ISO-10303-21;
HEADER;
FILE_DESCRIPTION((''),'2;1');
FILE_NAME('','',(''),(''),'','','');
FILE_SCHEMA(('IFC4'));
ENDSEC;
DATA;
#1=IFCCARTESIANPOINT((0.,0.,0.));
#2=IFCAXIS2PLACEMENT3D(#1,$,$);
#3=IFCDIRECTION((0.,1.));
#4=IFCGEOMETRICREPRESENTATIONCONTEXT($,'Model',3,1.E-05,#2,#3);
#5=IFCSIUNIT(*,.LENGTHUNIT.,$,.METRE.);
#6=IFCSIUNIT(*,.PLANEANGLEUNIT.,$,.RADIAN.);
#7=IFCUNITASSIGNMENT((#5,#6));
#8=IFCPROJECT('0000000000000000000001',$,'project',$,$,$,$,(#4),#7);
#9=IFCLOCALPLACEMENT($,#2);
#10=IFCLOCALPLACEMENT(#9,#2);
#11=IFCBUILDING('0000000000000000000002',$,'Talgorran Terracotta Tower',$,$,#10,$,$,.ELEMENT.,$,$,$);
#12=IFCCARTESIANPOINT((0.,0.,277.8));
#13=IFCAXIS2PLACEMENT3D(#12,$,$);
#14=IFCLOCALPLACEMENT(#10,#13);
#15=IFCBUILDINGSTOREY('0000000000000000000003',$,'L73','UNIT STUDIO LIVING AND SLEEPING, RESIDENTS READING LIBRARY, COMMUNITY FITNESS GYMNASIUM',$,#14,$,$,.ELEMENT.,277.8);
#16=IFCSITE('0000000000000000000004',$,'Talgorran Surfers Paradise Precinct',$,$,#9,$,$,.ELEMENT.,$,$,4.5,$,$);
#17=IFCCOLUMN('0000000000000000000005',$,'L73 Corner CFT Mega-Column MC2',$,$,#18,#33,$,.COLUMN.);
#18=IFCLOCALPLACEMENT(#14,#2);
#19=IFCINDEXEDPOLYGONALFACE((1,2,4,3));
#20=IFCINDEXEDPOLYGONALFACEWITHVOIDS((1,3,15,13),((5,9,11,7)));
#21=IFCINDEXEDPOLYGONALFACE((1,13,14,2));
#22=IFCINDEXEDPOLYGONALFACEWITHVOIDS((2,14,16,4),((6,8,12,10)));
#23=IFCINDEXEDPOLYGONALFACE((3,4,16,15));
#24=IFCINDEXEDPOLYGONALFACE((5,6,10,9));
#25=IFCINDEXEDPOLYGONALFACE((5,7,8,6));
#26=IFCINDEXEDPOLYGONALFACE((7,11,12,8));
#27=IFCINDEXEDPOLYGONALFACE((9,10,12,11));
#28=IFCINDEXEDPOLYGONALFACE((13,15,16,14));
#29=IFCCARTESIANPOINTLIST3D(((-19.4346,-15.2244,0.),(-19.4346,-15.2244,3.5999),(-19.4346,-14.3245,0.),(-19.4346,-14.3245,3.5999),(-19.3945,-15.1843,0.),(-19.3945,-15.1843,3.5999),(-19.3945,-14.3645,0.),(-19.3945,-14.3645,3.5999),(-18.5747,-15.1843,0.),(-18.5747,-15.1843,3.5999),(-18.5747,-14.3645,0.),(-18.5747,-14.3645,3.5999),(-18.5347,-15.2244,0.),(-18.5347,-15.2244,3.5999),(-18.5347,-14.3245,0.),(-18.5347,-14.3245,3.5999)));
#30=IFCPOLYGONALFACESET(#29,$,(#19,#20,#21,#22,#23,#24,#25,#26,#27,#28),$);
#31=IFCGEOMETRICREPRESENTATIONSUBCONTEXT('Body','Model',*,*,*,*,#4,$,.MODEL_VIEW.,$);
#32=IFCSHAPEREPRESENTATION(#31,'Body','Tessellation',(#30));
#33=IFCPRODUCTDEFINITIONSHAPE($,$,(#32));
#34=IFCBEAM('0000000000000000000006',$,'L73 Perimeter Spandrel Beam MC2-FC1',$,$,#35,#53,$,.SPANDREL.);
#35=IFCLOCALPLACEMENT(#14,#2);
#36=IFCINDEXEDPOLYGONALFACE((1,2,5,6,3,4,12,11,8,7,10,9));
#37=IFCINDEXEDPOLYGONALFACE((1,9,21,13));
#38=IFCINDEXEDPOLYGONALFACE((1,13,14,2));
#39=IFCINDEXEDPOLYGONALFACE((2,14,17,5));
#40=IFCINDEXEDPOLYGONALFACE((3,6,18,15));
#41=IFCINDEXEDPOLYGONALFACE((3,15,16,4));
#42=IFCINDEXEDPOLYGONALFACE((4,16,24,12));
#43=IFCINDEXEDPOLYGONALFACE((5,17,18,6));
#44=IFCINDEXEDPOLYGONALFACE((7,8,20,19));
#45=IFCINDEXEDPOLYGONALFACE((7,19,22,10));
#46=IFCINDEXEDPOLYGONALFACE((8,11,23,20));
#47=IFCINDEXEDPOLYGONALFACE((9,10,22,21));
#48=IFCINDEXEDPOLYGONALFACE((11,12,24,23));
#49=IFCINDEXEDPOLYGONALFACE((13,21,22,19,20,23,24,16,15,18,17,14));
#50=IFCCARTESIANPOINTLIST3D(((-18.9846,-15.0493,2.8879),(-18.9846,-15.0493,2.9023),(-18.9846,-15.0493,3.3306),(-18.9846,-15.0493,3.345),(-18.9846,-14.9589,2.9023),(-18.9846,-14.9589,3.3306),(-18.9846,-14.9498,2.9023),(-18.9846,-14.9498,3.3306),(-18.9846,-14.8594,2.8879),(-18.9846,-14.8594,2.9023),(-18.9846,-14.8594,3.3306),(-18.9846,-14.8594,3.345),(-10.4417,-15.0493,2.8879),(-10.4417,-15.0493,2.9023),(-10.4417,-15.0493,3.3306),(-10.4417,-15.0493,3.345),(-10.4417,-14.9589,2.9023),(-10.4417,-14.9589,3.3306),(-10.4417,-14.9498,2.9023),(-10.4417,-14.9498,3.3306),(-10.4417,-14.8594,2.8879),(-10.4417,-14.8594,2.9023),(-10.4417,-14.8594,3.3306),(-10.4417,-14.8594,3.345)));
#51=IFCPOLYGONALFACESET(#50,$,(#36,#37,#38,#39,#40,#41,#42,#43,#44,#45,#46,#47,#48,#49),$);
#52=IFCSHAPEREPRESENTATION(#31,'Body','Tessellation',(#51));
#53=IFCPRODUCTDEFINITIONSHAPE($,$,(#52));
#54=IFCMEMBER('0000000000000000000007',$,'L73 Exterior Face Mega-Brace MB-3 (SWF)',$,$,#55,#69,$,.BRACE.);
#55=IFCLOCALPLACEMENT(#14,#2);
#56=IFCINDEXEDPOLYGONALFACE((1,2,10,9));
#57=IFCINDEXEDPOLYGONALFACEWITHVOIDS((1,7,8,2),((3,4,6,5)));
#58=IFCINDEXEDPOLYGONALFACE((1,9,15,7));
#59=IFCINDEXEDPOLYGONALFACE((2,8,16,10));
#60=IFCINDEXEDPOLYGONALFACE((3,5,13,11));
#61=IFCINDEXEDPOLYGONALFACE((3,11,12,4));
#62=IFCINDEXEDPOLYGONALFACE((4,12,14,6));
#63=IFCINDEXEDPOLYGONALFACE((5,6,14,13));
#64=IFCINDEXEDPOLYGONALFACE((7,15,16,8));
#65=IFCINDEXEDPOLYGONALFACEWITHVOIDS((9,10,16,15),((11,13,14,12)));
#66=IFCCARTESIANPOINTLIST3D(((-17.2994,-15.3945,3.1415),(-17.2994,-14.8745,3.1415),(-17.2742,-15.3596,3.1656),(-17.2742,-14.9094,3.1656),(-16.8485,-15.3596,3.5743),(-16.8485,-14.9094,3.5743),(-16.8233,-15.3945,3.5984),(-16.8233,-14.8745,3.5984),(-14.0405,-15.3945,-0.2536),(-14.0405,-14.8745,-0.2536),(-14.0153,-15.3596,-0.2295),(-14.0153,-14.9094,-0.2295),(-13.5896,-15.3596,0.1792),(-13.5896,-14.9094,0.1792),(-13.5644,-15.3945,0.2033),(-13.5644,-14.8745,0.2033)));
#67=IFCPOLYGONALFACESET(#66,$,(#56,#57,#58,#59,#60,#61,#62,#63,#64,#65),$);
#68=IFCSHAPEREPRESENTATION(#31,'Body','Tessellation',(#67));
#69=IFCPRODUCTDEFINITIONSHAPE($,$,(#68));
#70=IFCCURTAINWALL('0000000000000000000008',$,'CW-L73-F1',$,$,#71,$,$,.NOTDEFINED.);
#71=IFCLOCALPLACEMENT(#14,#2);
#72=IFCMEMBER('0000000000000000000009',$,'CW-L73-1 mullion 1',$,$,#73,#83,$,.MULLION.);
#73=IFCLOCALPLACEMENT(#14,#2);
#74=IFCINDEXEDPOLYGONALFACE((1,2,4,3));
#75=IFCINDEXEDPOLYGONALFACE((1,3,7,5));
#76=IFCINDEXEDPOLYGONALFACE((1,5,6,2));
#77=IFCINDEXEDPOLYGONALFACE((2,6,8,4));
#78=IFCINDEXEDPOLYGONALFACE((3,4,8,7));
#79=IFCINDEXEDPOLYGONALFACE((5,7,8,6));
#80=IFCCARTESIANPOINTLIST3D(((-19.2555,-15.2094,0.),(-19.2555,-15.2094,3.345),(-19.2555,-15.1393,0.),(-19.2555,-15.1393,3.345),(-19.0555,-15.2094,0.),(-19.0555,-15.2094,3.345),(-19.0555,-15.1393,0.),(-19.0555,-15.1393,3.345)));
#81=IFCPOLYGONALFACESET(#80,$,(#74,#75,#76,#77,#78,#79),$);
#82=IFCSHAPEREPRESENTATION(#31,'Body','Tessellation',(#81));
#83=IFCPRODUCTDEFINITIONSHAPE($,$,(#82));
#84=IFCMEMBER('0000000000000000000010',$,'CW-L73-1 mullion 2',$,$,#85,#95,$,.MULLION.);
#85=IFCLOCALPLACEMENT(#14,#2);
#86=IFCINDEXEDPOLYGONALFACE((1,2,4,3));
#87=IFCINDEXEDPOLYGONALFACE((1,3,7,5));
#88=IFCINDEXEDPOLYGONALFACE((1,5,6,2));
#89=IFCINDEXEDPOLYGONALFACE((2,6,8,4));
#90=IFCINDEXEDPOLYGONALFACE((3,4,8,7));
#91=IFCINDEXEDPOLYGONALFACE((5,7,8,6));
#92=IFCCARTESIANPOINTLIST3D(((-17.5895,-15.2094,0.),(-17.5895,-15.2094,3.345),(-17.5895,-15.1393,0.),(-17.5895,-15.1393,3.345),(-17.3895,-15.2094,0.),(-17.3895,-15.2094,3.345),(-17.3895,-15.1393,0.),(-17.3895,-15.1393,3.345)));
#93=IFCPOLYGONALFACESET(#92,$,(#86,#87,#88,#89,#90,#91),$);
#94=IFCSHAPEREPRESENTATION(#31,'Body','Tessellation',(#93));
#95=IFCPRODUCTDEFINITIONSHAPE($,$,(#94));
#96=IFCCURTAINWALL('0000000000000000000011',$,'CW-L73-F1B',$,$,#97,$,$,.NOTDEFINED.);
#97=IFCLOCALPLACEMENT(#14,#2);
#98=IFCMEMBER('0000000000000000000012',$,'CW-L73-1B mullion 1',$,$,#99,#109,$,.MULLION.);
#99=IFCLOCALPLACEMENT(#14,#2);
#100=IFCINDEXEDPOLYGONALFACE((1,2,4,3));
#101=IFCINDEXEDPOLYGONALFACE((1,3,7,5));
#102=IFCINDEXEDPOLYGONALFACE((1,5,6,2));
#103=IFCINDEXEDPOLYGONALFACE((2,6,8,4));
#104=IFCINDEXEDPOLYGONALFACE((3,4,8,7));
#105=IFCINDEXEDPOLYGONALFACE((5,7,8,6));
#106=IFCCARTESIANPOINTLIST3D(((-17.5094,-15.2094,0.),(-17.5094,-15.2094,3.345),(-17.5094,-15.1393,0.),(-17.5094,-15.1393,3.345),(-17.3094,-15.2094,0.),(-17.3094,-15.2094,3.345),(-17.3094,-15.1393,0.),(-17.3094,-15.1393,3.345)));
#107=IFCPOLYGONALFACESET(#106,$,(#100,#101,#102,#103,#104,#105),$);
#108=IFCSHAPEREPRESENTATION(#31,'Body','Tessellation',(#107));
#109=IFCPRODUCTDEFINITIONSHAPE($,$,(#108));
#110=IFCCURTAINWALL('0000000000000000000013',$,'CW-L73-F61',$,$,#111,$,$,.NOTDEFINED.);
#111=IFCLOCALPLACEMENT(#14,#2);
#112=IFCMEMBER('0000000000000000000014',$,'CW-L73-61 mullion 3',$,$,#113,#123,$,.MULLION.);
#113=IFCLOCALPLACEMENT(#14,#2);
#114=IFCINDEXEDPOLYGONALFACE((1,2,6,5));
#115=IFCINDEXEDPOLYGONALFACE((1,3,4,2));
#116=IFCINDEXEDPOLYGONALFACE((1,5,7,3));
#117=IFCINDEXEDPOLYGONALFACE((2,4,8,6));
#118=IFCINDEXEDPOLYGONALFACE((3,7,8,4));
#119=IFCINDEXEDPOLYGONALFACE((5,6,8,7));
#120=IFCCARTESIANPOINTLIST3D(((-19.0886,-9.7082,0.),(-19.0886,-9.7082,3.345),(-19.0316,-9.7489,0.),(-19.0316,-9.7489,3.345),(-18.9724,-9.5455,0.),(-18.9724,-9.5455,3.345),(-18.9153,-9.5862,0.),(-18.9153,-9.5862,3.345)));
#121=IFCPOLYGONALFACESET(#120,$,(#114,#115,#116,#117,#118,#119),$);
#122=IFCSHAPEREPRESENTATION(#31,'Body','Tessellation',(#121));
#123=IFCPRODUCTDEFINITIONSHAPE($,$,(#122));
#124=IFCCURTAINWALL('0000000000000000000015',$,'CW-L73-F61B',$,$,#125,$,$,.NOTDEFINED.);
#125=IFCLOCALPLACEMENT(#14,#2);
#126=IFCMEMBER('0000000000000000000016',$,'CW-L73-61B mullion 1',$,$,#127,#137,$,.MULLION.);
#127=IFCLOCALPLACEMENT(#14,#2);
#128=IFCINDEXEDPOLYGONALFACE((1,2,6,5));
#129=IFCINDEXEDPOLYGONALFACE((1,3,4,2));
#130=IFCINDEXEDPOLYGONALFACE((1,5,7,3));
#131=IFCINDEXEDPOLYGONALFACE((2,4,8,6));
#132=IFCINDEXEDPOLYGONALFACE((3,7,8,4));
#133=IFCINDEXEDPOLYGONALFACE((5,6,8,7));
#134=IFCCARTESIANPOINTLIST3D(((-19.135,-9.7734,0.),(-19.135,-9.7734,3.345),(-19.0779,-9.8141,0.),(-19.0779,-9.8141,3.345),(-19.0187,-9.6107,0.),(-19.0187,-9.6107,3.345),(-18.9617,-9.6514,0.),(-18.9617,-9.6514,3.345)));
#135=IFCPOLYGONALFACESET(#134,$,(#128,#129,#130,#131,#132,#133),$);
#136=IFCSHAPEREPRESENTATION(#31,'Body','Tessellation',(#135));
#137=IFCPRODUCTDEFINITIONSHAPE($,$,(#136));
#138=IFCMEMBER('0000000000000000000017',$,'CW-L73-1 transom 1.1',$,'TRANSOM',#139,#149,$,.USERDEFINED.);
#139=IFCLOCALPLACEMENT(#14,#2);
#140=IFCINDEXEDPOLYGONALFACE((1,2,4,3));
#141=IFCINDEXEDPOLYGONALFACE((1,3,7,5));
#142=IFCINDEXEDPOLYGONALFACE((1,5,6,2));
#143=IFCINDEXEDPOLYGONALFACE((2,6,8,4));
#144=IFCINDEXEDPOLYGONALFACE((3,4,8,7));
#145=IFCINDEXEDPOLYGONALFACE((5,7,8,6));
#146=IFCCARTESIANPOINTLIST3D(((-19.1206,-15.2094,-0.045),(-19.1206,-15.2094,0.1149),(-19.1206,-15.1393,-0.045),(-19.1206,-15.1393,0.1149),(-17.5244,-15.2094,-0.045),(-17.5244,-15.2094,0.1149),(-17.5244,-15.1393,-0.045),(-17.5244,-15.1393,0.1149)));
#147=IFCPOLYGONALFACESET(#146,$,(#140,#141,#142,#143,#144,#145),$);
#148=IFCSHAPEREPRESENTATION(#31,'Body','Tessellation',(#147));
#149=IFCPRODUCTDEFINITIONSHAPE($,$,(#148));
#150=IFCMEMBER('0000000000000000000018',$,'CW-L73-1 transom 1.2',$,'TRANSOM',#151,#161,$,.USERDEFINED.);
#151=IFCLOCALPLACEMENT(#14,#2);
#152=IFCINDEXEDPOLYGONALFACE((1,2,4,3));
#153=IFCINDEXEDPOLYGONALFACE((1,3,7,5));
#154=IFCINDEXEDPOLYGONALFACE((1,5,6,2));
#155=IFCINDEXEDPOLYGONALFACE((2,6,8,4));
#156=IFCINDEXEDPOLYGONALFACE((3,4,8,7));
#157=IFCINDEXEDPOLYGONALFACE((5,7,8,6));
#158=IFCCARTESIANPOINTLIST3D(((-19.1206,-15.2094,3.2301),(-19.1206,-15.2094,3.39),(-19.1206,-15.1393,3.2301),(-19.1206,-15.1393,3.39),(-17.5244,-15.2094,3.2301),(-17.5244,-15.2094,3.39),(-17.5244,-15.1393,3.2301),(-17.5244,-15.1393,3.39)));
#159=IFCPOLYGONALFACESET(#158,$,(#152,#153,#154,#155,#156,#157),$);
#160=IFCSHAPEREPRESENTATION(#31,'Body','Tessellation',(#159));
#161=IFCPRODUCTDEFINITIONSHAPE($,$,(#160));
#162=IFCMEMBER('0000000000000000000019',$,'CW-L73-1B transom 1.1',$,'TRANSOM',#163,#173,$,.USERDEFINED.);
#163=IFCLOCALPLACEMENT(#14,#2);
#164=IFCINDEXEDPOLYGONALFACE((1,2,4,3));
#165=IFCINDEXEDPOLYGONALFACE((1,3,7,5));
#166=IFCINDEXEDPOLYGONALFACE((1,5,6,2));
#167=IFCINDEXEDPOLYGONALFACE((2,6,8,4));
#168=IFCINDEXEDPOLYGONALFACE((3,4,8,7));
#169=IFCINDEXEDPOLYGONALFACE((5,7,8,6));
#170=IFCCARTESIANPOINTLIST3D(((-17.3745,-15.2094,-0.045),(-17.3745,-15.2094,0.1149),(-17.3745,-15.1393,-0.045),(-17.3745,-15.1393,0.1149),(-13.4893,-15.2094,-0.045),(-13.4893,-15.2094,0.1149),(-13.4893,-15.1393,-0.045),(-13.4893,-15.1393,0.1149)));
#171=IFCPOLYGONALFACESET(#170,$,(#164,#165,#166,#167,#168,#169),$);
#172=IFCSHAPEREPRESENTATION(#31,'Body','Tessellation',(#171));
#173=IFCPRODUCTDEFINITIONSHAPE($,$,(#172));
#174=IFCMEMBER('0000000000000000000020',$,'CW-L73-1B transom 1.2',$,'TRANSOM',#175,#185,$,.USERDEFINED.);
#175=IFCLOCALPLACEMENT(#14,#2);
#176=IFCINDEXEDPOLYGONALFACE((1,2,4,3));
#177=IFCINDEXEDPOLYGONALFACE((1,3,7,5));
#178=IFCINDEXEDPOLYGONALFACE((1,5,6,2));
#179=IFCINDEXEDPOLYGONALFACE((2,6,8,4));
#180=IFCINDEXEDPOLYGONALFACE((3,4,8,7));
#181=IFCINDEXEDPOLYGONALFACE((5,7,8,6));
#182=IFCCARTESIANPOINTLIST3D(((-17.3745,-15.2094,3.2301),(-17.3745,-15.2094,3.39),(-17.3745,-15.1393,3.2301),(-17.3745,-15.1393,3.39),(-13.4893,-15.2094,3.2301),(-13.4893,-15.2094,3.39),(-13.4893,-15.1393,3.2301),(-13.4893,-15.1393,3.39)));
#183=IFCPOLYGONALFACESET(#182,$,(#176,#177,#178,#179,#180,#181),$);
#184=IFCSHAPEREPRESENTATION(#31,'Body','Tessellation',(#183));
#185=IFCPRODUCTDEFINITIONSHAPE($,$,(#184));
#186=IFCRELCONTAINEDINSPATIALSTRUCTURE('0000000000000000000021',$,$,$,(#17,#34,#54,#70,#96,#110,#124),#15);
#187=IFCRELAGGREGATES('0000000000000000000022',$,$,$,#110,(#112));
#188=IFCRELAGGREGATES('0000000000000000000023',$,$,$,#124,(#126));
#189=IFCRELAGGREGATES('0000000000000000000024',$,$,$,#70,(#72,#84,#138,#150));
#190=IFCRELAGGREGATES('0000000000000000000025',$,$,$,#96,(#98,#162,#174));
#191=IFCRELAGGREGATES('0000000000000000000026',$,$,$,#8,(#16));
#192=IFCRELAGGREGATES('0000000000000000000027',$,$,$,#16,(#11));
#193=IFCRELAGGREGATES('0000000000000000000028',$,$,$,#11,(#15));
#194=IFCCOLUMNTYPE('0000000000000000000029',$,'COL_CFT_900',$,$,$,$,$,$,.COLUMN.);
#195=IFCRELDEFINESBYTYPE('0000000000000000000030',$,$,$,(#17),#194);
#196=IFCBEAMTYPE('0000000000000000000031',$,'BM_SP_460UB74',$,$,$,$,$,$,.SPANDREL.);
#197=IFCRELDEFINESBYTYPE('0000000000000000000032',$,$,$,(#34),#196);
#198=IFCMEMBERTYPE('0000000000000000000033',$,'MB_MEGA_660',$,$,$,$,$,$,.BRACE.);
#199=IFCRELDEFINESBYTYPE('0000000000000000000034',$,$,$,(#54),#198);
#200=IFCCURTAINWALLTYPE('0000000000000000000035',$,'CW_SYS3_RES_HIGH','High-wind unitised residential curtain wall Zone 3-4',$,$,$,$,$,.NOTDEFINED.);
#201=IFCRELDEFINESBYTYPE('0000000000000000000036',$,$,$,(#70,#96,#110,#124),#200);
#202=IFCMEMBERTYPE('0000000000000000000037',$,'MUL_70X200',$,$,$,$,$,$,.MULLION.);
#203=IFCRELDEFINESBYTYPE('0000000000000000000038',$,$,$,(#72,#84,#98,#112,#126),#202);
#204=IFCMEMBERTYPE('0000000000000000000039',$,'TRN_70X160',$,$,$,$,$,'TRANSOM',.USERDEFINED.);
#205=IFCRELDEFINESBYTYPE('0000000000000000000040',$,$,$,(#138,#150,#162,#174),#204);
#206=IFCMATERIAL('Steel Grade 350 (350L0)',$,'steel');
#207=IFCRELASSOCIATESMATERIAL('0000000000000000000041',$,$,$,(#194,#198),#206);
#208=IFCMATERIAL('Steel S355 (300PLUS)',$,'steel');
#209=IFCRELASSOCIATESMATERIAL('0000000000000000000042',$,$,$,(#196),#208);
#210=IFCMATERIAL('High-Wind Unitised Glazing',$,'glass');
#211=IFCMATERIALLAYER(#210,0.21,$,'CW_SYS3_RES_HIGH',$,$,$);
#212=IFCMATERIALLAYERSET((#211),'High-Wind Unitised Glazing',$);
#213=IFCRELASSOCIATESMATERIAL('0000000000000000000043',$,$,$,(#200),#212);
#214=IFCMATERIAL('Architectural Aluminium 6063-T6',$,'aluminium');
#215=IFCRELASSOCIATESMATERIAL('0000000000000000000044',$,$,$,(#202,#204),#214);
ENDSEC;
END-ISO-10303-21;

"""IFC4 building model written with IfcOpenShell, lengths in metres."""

from ifc_helpers import new_model, si_unit, direction, frame, origin, origin_2d, place, context, subcontext, project, spatial, rectangle, hollow_rectangle, i_section, extrude, material, layer, layer_set, material_profile, profile_set, type_object, element, aggregate, save


model = new_model("IFC4")

# Units and contexts
model_context = context("Model", 3, precision=1e-05, world=origin(), true_north=direction((0.0, 1.0)))
body_context = subcontext(model_context, "Body", "Model", "MODEL_VIEW")
ifc_project = project(units=[si_unit("LENGTHUNIT", "METRE"), si_unit("PLANEANGLEUNIT", "RADIAN")], contexts=[model_context])

# Site, building, storey
site_placement = place(None, origin())
site = spatial("IfcSite", under=ifc_project, at=site_placement, Name="Talgorran Surfers Paradise Precinct", CompositionType="ELEMENT", RefElevation=4.5)
building_placement = place(site_placement, origin())
building = spatial("IfcBuilding", under=site, at=building_placement, Name="Talgorran Terracotta Tower", CompositionType="ELEMENT")
storey_placement = place(building_placement, frame((0.0, 0.0, 277.8)))
storey = spatial("IfcBuildingStorey", under=building, at=storey_placement, Name="L73", Description="UNIT STUDIO LIVING AND SLEEPING, RESIDENTS READING LIBRARY, COMMUNITY FITNESS GYMNASIUM", CompositionType="ELEMENT", Elevation=277.8)

# Column
ifc_material_1 = material(Name="Steel Grade 350 (350L0)", Category="steel")
ifc_material_profile_1 = material_profile(ifc_material_1, hollow_rectangle(XDim=0.8999, YDim=0.8999, WallThickness=0.04, at=origin_2d()), Name="CFT900X900X40")
ifc_profile_set_1 = profile_set([ifc_material_profile_1], Name="Steel Grade 350 (350L0)")
column_type = type_object("IfcColumnType", Name="COL_CFT_900", PredefinedType="COLUMN", material=ifc_profile_set_1)
column_placement = place(storey_placement, frame((-18.9846, -14.7744, 0.0), z_axis=(0.0, 0.0, 1.0), x_axis=(1.0, 0.0, 0.0)))
element("IfcColumn", 1, at=column_placement, inside=storey, type_object=column_type, Name="L73 Corner CFT Mega-Column MC2", PredefinedType="COLUMN", context=body_context, shape_type="SweptSolid", body=[
    extrude(hollow_rectangle(XDim=0.8999, YDim=0.8999, WallThickness=0.04, at=origin_2d()), origin(), (0.0, 0.0, 1.0), 3.5999),
])

# Beam
ifc_material_2 = material(Name="Steel S355 (300PLUS)", Category="steel")
ifc_material_profile_2 = material_profile(ifc_material_2, i_section(OverallWidth=0.1899, OverallDepth=0.457, WebThickness=0.009, FlangeThickness=0.0144, at=origin_2d()), Name="460UB74.6")
ifc_profile_set_2 = profile_set([ifc_material_profile_2], Name="Steel S355 (300PLUS)")
beam_type = type_object("IfcBeamType", Name="BM_SP_460UB74", PredefinedType="SPANDREL", material=ifc_profile_set_2)
beam_placement = place(storey_placement, frame((-18.9846, -14.9543, 3.1165), z_axis=(1.0, 0.0, 0.0), x_axis=(0.0, 1.0, 0.0)))
element("IfcBeam", 2, at=beam_placement, inside=storey, type_object=beam_type, Name="L73 Perimeter Spandrel Beam MC2-FC1", PredefinedType="SPANDREL", context=body_context, shape_type="SweptSolid", body=[
    extrude(i_section(OverallWidth=0.1899, OverallDepth=0.457, WebThickness=0.009, FlangeThickness=0.0144, at=origin_2d()), origin(), (0.0, 0.0, 1.0), 8.543),
])

# Member
ifc_material_profile_3 = material_profile(ifc_material_1, hollow_rectangle(XDim=0.52, YDim=0.6599, WallThickness=0.0349, at=origin_2d()), Name="WBOX660X520X35")
ifc_profile_set_3 = profile_set([ifc_material_profile_3], Name="Steel Grade 350 (350L0)")
member_type_1 = type_object("IfcMemberType", Name="MB_MEGA_660", PredefinedType="BRACE", material=ifc_profile_set_3)
member_1_placement = place(storey_placement, frame((-13.8025, -15.1345, -0.0251), z_axis=(-0.692484, 0.0, 0.721433), x_axis=(0.0, -1.0, 0.0)))
element("IfcMember", 3, at=member_1_placement, inside=storey, type_object=member_type_1, Name="L73 Exterior Face Mega-Brace MB-3 (SWF)", PredefinedType="BRACE", context=body_context, shape_type="SweptSolid", body=[
    extrude(hollow_rectangle(XDim=0.52, YDim=0.6599, WallThickness=0.0349, at=origin_2d()), origin(), (0.0, 0.0, 1.0), 4.7061),
])

# Curtain wall, members
ifc_material_3 = material(Name="High-Wind Unitised Glazing", Category="glass")
ifc_layer_1 = layer(ifc_material_3, 0.21, Name="CW_SYS3_RES_HIGH")
ifc_layer_set_1 = layer_set([ifc_layer_1], Name="High-Wind Unitised Glazing")
curtain_wall_type = type_object("IfcCurtainWallType", Name="CW_SYS3_RES_HIGH", Description="High-wind unitised residential curtain wall Zone 3-4", PredefinedType="NOTDEFINED", material=ifc_layer_set_1)
curtain_wall_1_placement = place(storey_placement, origin())
curtain_wall_1 = element("IfcCurtainWall", 4, at=curtain_wall_1_placement, inside=storey, type_object=curtain_wall_type, Name="CW-L73-F1", PredefinedType="NOTDEFINED")
ifc_material_4 = material(Name="Architectural Aluminium 6063-T6", Category="aluminium")
ifc_material_profile_4 = material_profile(ifc_material_4, rectangle(XDim=0.0701, YDim=0.2, at=origin_2d()), Name="CWM70X200")
ifc_profile_set_4 = profile_set([ifc_material_profile_4], Name="Architectural Aluminium 6063-T6")
member_type_2 = type_object("IfcMemberType", Name="MUL_70X200", PredefinedType="MULLION", material=ifc_profile_set_4)
member_2_placement = place(storey_placement, frame((-19.1555, -15.1743, 0.0), z_axis=(0.0, 0.0, 1.0), x_axis=(0.0, 1.0, 0.0)))
member_2 = element("IfcMember", 5, at=member_2_placement, type_object=member_type_2, Name="CW-L73-1 mullion 1", PredefinedType="MULLION", context=body_context, shape_type="SweptSolid", body=[
    extrude(rectangle(XDim=0.0701, YDim=0.2, at=origin_2d()), origin(), (0.0, 0.0, 1.0), 3.345),
])
member_3_placement = place(storey_placement, frame((-17.4895, -15.1743, 0.0), z_axis=(0.0, 0.0, 1.0), x_axis=(0.0, 1.0, 0.0)))
member_3 = element("IfcMember", 6, at=member_3_placement, type_object=member_type_2, Name="CW-L73-1 mullion 2", PredefinedType="MULLION", context=body_context, shape_type="SweptSolid", body=[
    extrude(rectangle(XDim=0.0701, YDim=0.2, at=origin_2d()), origin(), (0.0, 0.0, 1.0), 3.345),
])

# Curtain walls, members
curtain_wall_2_placement = place(storey_placement, origin())
curtain_wall_2 = element("IfcCurtainWall", 7, at=curtain_wall_2_placement, inside=storey, type_object=curtain_wall_type, Name="CW-L73-F1B", PredefinedType="NOTDEFINED")
member_4_placement = place(storey_placement, frame((-17.4094, -15.1743, 0.0), z_axis=(0.0, 0.0, 1.0), x_axis=(0.0, 1.0, 0.0)))
member_4 = element("IfcMember", 8, at=member_4_placement, type_object=member_type_2, Name="CW-L73-1B mullion 1", PredefinedType="MULLION", context=body_context, shape_type="SweptSolid", body=[
    extrude(rectangle(XDim=0.0701, YDim=0.2, at=origin_2d()), origin(), (0.0, 0.0, 1.0), 3.345),
])
curtain_wall_3_placement = place(storey_placement, origin())
curtain_wall_3 = element("IfcCurtainWall", 9, at=curtain_wall_3_placement, inside=storey, type_object=curtain_wall_type, Name="CW-L73-F61", PredefinedType="NOTDEFINED")
member_5_placement = place(storey_placement, frame((-19.002, -9.6472, 0.0), z_axis=(0.0, 0.0, 1.0), x_axis=(0.813727, -0.581248, 0.0)))
member_5 = element("IfcMember", 10, at=member_5_placement, type_object=member_type_2, Name="CW-L73-61 mullion 3", PredefinedType="MULLION", context=body_context, shape_type="SweptSolid", body=[
    extrude(rectangle(XDim=0.0701, YDim=0.2, at=origin_2d()), origin(), (0.0, 0.0, 1.0), 3.345),
])
aggregate(curtain_wall_3, [member_5])
curtain_wall_4_placement = place(storey_placement, origin())
curtain_wall_4 = element("IfcCurtainWall", 11, at=curtain_wall_4_placement, inside=storey, type_object=curtain_wall_type, Name="CW-L73-F61B", PredefinedType="NOTDEFINED")
member_6_placement = place(storey_placement, frame((-19.0483, -9.7124, 0.0), z_axis=(0.0, 0.0, 1.0), x_axis=(0.813714, -0.581265, 0.0)))
member_6 = element("IfcMember", 12, at=member_6_placement, type_object=member_type_2, Name="CW-L73-61B mullion 1", PredefinedType="MULLION", context=body_context, shape_type="SweptSolid", body=[
    extrude(rectangle(XDim=0.0701, YDim=0.2, at=origin_2d()), origin(), (0.0, 0.0, 1.0), 3.345),
])

# Members
ifc_material_profile_5 = material_profile(ifc_material_4, rectangle(XDim=0.0701, YDim=0.1599, at=origin_2d()), Name="CWT70X160")
ifc_profile_set_5 = profile_set([ifc_material_profile_5], Name="Architectural Aluminium 6063-T6")
member_type_3 = type_object("IfcMemberType", Name="TRN_70X160", ElementType="TRANSOM", PredefinedType="USERDEFINED", material=ifc_profile_set_5)
member_7_placement = place(storey_placement, frame((-19.1206, -15.1743, 0.0349), z_axis=(1.0, 0.0, 0.0), x_axis=(0.0, 1.0, 0.0)))
member_7 = element("IfcMember", 13, at=member_7_placement, type_object=member_type_3, Name="CW-L73-1 transom 1.1", ObjectType="TRANSOM", PredefinedType="USERDEFINED", context=body_context, shape_type="SweptSolid", body=[
    extrude(rectangle(XDim=0.0701, YDim=0.1599, at=origin_2d()), origin(), (0.0, 0.0, 1.0), 1.5962),
])
member_8_placement = place(storey_placement, frame((-19.1206, -15.1743, 3.3101), z_axis=(1.0, 0.0, 0.0), x_axis=(0.0, 1.0, 0.0)))
member_8 = element("IfcMember", 14, at=member_8_placement, type_object=member_type_3, Name="CW-L73-1 transom 1.2", ObjectType="TRANSOM", PredefinedType="USERDEFINED", context=body_context, shape_type="SweptSolid", body=[
    extrude(rectangle(XDim=0.0701, YDim=0.1599, at=origin_2d()), origin(), (0.0, 0.0, 1.0), 1.5962),
])
member_9_placement = place(storey_placement, frame((-17.3745, -15.1743, 0.0349), z_axis=(1.0, 0.0, 0.0), x_axis=(0.0, 1.0, 0.0)))
member_9 = element("IfcMember", 15, at=member_9_placement, type_object=member_type_3, Name="CW-L73-1B transom 1.1", ObjectType="TRANSOM", PredefinedType="USERDEFINED", context=body_context, shape_type="SweptSolid", body=[
    extrude(rectangle(XDim=0.0701, YDim=0.1599, at=origin_2d()), origin(), (0.0, 0.0, 1.0), 3.8853),
])
member_10_placement = place(storey_placement, frame((-17.3745, -15.1743, 3.3101), z_axis=(1.0, 0.0, 0.0), x_axis=(0.0, 1.0, 0.0)))
member_10 = element("IfcMember", 16, at=member_10_placement, type_object=member_type_3, Name="CW-L73-1B transom 1.2", ObjectType="TRANSOM", PredefinedType="USERDEFINED", context=body_context, shape_type="SweptSolid", body=[
    extrude(rectangle(XDim=0.0701, YDim=0.1599, at=origin_2d()), origin(), (0.0, 0.0, 1.0), 3.8853),
])
aggregate(curtain_wall_4, [member_6])

aggregate(curtain_wall_1, [member_2, member_3, member_7, member_8])
aggregate(curtain_wall_2, [member_4, member_9, member_10])

save(model, "model.ifc")
